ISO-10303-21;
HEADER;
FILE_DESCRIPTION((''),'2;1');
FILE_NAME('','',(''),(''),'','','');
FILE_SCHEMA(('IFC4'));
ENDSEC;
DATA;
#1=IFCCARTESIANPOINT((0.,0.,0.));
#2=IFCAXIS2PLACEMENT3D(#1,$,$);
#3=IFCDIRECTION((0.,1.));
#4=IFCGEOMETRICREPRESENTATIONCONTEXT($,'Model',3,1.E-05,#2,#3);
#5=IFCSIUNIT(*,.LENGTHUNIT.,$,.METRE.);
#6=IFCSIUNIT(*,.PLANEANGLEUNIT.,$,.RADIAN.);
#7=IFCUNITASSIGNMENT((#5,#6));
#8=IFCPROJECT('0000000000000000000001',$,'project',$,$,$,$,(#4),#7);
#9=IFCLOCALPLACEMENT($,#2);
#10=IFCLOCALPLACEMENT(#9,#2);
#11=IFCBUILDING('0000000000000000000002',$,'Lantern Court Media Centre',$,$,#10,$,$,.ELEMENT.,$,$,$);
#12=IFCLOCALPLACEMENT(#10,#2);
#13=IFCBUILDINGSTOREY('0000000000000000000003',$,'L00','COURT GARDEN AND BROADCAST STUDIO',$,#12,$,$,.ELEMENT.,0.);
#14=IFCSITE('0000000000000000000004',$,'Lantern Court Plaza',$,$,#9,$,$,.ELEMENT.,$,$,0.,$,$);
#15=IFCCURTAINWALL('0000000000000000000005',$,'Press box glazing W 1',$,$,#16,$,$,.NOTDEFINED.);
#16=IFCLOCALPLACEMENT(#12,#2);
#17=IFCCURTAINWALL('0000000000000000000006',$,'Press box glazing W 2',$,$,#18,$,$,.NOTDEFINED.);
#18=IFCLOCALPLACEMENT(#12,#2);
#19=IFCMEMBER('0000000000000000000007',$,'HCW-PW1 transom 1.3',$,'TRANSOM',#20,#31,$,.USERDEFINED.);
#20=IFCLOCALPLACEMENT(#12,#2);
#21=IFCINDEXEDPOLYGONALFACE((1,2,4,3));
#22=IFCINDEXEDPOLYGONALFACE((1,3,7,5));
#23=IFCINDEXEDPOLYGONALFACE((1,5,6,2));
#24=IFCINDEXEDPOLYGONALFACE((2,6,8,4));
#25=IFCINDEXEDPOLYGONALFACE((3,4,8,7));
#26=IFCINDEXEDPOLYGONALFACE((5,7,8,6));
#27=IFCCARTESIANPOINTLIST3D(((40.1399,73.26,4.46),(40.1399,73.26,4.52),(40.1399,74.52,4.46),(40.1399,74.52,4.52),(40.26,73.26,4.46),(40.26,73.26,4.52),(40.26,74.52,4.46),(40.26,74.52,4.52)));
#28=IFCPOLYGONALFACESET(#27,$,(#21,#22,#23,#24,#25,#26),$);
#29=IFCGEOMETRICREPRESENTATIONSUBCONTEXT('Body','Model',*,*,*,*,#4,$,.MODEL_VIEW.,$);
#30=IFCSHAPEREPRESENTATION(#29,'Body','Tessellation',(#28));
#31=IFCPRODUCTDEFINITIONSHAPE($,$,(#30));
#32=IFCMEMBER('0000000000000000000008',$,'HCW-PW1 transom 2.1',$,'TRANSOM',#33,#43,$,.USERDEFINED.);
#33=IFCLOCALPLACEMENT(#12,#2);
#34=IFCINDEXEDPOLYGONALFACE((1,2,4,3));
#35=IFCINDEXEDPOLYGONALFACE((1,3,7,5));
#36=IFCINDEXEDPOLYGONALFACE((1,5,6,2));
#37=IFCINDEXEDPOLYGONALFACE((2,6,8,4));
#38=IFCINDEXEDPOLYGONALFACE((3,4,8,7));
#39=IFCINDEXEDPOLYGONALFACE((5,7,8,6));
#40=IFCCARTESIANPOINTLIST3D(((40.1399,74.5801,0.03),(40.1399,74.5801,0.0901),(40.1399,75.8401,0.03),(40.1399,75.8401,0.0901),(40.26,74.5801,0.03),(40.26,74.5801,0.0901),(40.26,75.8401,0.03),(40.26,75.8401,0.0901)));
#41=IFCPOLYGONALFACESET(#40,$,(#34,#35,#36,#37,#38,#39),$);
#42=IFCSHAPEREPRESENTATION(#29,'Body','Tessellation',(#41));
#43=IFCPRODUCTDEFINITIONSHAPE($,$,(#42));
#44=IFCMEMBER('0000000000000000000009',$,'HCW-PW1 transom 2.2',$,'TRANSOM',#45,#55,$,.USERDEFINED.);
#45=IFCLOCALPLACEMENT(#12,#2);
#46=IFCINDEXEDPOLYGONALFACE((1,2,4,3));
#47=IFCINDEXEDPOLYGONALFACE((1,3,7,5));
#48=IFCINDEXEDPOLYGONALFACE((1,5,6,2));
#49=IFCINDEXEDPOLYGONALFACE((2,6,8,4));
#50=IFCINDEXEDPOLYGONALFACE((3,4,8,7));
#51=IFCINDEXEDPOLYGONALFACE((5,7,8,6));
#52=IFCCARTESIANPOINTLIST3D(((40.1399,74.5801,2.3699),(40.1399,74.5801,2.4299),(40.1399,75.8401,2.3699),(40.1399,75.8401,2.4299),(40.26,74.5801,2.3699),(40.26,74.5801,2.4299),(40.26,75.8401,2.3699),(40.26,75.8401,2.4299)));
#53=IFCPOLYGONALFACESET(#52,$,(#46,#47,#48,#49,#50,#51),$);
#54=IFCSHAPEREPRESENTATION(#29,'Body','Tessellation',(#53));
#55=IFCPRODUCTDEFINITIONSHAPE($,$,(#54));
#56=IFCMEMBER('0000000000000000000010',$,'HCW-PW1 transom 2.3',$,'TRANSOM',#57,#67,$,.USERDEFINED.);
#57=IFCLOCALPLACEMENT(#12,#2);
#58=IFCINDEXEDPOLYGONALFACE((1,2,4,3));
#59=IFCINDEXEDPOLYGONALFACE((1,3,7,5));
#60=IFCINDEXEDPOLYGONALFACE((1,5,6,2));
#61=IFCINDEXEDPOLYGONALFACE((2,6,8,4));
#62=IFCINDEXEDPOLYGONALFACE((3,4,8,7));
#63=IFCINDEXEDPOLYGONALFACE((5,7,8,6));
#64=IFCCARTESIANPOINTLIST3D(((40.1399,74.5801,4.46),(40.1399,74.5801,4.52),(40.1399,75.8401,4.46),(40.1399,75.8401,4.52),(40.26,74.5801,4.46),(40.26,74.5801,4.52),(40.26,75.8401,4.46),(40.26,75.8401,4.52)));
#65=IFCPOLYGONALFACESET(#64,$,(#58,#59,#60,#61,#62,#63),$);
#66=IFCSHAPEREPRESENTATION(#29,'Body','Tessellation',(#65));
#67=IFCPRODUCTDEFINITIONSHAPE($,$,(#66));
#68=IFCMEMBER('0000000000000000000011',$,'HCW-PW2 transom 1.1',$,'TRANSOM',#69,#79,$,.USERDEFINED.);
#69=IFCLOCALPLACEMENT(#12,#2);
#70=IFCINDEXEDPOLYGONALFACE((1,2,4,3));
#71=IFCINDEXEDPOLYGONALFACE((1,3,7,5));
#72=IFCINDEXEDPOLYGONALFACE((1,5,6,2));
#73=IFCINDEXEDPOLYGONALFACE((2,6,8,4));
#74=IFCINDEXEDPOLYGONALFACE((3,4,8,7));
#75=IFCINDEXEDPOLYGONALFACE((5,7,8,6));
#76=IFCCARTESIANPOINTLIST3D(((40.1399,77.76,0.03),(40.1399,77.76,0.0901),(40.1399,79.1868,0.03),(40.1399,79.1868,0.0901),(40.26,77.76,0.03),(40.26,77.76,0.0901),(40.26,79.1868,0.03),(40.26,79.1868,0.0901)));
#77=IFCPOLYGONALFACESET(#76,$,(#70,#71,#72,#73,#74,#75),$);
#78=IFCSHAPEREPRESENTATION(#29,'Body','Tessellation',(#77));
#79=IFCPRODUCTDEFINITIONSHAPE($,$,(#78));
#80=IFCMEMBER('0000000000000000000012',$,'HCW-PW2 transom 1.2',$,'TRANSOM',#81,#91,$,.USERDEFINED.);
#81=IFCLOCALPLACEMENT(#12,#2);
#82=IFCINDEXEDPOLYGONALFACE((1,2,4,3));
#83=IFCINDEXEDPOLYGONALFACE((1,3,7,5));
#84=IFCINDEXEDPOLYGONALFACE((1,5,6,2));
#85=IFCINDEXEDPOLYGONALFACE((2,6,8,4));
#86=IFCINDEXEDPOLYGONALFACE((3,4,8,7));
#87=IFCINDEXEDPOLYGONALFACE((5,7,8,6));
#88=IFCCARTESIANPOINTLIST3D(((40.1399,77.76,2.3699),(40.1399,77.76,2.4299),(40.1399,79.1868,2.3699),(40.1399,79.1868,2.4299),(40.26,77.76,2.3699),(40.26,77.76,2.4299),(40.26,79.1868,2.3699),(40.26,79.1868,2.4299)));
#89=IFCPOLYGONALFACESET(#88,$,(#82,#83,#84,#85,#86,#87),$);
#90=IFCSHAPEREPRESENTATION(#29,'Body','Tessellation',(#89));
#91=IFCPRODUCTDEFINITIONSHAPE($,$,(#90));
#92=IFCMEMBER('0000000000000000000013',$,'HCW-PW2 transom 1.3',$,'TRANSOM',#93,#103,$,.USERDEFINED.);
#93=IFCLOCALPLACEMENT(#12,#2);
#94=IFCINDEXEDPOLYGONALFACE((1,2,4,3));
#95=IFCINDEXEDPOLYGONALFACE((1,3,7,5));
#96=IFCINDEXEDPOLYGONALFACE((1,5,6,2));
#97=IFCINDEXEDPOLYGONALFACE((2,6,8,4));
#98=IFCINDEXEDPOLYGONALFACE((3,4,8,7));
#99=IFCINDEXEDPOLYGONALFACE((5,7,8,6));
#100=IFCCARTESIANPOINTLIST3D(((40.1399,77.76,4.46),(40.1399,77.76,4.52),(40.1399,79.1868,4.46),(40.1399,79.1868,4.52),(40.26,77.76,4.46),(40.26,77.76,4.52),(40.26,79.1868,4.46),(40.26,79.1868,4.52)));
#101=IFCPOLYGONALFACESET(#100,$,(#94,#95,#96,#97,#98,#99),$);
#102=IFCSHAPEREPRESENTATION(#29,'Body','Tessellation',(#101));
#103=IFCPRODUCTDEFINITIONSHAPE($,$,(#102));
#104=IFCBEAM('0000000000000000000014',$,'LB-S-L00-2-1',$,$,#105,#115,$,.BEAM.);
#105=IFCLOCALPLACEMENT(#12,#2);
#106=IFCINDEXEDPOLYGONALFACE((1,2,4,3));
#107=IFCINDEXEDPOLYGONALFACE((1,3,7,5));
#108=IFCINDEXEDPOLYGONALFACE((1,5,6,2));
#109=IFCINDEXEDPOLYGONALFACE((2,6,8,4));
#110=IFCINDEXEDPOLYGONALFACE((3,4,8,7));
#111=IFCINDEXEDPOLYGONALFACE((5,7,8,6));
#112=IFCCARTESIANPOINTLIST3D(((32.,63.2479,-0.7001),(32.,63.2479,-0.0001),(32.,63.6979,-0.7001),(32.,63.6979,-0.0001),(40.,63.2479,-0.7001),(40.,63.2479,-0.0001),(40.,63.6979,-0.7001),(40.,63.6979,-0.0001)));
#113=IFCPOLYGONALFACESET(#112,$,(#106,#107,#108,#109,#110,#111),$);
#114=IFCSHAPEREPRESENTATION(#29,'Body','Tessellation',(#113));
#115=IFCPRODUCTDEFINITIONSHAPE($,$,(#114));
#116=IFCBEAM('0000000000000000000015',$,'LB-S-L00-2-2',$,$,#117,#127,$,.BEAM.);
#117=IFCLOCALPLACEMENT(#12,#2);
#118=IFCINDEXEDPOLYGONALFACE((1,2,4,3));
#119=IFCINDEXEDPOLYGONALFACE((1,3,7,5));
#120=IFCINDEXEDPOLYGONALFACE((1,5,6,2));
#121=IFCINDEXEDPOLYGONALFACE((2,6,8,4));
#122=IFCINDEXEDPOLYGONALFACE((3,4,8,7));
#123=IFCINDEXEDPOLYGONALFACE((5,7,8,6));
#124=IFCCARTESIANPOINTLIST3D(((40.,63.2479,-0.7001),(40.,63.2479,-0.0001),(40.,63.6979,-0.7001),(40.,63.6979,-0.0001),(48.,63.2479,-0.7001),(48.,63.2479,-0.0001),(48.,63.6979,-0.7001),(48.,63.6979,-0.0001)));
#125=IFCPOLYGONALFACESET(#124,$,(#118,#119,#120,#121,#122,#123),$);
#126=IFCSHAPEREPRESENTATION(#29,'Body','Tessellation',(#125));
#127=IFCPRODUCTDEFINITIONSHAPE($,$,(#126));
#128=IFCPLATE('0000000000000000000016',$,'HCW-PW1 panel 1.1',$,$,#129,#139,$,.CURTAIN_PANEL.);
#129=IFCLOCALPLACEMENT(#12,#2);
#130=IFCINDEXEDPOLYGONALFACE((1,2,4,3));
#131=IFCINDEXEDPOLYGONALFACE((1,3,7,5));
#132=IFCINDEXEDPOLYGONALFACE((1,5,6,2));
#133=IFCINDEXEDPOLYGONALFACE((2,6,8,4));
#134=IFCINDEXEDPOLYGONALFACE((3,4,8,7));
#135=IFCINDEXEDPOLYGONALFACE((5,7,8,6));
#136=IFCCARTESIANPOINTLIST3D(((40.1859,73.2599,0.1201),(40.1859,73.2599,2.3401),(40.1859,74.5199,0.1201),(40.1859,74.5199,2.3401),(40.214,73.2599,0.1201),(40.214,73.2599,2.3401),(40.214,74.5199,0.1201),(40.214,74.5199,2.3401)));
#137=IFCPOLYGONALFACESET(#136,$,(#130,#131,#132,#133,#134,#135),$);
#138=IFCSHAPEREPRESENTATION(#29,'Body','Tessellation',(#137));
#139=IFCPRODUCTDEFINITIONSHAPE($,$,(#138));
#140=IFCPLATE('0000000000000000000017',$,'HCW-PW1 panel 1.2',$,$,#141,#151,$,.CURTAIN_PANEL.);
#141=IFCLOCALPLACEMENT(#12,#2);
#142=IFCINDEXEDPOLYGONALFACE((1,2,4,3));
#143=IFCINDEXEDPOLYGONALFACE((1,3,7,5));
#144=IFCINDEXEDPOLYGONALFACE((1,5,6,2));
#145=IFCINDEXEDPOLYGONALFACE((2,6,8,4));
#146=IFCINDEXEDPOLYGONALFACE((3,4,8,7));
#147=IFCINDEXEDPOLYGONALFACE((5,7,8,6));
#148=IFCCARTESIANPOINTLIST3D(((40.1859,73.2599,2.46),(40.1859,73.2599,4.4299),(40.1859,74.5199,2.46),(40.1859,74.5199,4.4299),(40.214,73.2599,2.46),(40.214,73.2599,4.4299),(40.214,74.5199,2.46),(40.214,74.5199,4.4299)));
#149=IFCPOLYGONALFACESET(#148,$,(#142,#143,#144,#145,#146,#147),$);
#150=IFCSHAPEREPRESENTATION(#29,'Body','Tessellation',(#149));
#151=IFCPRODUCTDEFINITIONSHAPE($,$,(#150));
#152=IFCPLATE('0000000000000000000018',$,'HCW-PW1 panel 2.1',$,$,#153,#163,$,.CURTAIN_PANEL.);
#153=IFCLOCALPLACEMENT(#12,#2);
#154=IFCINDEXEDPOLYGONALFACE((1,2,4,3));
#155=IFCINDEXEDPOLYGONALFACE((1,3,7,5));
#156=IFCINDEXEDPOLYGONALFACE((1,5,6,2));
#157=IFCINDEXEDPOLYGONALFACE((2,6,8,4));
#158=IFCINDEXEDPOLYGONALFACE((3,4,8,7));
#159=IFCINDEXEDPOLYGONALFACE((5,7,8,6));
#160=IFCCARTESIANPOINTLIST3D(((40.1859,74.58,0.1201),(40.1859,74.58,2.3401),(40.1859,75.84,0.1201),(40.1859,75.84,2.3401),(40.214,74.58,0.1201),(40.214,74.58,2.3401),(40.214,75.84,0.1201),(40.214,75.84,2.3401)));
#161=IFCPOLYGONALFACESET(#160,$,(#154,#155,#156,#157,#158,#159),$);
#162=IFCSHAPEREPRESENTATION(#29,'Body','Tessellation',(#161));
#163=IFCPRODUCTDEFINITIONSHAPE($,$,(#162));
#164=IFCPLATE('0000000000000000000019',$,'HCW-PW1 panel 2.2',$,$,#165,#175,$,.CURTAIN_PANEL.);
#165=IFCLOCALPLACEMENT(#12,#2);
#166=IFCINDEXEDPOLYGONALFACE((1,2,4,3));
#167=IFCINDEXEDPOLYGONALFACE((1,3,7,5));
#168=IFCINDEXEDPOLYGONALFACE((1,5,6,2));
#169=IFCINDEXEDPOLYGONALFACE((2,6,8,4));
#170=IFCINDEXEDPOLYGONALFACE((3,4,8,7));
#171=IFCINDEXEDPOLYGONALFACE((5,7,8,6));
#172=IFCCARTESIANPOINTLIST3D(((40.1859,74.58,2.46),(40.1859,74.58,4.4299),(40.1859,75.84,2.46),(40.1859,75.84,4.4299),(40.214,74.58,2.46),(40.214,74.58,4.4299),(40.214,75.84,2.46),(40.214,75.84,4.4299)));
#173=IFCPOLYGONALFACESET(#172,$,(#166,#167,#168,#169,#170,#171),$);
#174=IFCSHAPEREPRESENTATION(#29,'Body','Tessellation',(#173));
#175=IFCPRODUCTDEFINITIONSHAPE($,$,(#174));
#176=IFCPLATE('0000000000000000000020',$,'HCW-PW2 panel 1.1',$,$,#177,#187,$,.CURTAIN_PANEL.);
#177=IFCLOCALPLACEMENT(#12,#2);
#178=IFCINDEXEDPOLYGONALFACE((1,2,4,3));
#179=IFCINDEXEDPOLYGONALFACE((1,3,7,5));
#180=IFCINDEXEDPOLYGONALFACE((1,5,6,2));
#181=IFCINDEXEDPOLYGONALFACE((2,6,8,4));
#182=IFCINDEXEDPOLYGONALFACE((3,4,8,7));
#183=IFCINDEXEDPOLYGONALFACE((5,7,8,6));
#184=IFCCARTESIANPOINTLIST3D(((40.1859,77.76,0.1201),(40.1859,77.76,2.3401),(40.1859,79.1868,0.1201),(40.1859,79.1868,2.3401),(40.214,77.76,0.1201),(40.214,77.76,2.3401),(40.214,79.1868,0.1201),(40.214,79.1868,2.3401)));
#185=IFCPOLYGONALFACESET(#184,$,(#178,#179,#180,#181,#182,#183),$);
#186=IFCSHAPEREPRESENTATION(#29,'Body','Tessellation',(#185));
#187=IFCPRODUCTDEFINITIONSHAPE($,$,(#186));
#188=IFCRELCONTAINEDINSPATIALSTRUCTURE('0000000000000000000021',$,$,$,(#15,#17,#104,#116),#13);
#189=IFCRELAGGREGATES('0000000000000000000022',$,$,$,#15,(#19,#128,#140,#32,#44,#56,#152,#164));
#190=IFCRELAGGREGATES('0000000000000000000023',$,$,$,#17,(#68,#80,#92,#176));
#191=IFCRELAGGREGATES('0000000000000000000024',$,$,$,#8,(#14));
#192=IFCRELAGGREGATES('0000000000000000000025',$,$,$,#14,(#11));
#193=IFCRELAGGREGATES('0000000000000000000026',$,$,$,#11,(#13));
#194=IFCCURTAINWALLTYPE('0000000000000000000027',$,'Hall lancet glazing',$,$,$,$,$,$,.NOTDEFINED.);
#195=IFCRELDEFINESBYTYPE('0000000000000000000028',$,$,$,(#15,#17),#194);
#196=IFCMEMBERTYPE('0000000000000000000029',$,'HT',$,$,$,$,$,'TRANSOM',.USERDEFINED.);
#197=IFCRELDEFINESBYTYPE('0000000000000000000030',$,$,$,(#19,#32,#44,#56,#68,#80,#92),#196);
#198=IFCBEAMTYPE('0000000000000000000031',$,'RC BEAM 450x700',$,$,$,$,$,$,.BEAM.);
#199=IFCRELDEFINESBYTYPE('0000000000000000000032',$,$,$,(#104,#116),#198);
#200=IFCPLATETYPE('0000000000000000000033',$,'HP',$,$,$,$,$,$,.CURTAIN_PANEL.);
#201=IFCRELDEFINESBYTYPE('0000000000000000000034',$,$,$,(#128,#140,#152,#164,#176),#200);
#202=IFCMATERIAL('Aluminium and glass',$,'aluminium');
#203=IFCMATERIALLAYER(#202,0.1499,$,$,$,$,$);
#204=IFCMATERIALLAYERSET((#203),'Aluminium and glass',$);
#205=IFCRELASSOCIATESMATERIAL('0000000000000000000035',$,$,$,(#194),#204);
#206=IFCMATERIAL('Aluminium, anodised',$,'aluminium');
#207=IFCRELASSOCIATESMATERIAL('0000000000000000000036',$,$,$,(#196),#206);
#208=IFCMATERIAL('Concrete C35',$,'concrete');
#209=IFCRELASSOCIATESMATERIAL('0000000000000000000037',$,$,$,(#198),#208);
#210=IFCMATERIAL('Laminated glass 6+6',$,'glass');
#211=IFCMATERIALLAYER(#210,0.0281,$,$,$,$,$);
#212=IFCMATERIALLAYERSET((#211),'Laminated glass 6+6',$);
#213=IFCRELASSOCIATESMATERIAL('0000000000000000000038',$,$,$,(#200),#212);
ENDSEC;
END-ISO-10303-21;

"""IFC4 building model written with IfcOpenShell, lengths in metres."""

from ifc_helpers import new_model, si_unit, direction, frame, origin, origin_2d, place, context, subcontext, project, spatial, rectangle, extrude, material, layer, layer_set, material_profile, profile_set, type_object, element, aggregate, save


model = new_model("IFC4")

# Units and contexts
model_context = context("Model", 3, precision=1e-05, world=origin(), true_north=direction((0.0, 1.0)))
body_context = subcontext(model_context, "Body", "Model", "MODEL_VIEW")
ifc_project = project(units=[si_unit("LENGTHUNIT", "METRE"), si_unit("PLANEANGLEUNIT", "RADIAN")], contexts=[model_context])

# Site, building, storey
site_placement = place(None, origin())
site = spatial("IfcSite", under=ifc_project, at=site_placement, Name="Lantern Court Plaza", CompositionType="ELEMENT", RefElevation=0.0)
building_placement = place(site_placement, origin())
building = spatial("IfcBuilding", under=site, at=building_placement, Name="Lantern Court Media Centre", CompositionType="ELEMENT")
storey_placement = place(building_placement, origin())
storey = spatial("IfcBuildingStorey", under=building, at=storey_placement, Name="L00", Description="COURT GARDEN AND BROADCAST STUDIO", CompositionType="ELEMENT", Elevation=0.0)

# Shared definitions
ifc_material_1 = material(Name="Concrete C35", Category="concrete")

# Curtain wall
ifc_material_2 = material(Name="Aluminium and glass", Category="aluminium")
ifc_layer_1 = layer(ifc_material_2, 0.1499)
ifc_layer_set_1 = layer_set([ifc_layer_1], Name="Aluminium and glass")
curtain_wall_type = type_object("IfcCurtainWallType", Name="Hall lancet glazing", PredefinedType="NOTDEFINED", material=ifc_layer_set_1)
curtain_wall_1_placement = place(storey_placement, origin())
curtain_wall_1 = element("IfcCurtainWall", 1, at=curtain_wall_1_placement, inside=storey, type_object=curtain_wall_type, Name="Press box glazing W 1", PredefinedType="NOTDEFINED")
ifc_material_3 = material(Name="Aluminium, anodised", Category="aluminium")

# Curtain wall
curtain_wall_2_placement = place(storey_placement, origin())
curtain_wall_2 = element("IfcCurtainWall", 2, at=curtain_wall_2_placement, inside=storey, type_object=curtain_wall_type, Name="Press box glazing W 2", PredefinedType="NOTDEFINED")

# Members
ifc_material_profile_1 = material_profile(ifc_material_3, rectangle(XDim=0.1201, YDim=0.0601, at=origin_2d()), Name="HT")
ifc_profile_set_1 = profile_set([ifc_material_profile_1], Name="Aluminium, anodised")
member_type_1 = type_object("IfcMemberType", Name="HT", ElementType="TRANSOM", PredefinedType="USERDEFINED", material=ifc_profile_set_1)
member_1_placement = place(storey_placement, frame((40.2, 73.26, 4.49), z_axis=(0.0, 1.0, 0.0), x_axis=(-1.0, 0.0, 0.0)))
member_1 = element("IfcMember", 3, at=member_1_placement, type_object=member_type_1, Name="HCW-PW1 transom 1.3", ObjectType="TRANSOM", PredefinedType="USERDEFINED", context=body_context, shape_type="SweptSolid", body=[
    extrude(rectangle(XDim=0.1201, YDim=0.0601, at=origin_2d()), origin(), (0.0, 0.0, 1.0), 1.26),
])
member_2_placement = place(storey_placement, frame((40.2, 74.5801, 0.0601), z_axis=(0.0, 1.0, 0.0), x_axis=(-1.0, 0.0, 0.0)))
member_2 = element("IfcMember", 4, at=member_2_placement, type_object=member_type_1, Name="HCW-PW1 transom 2.1", ObjectType="TRANSOM", PredefinedType="USERDEFINED", context=body_context, shape_type="SweptSolid", body=[
    extrude(rectangle(XDim=0.1201, YDim=0.0601, at=origin_2d()), origin(), (0.0, 0.0, 1.0), 1.26),
])
member_3_placement = place(storey_placement, frame((40.2, 74.5801, 2.3999), z_axis=(0.0, 1.0, 0.0), x_axis=(-1.0, 0.0, 0.0)))
member_3 = element("IfcMember", 5, at=member_3_placement, type_object=member_type_1, Name="HCW-PW1 transom 2.2", ObjectType="TRANSOM", PredefinedType="USERDEFINED", context=body_context, shape_type="SweptSolid", body=[
    extrude(rectangle(XDim=0.1201, YDim=0.0601, at=origin_2d()), origin(), (0.0, 0.0, 1.0), 1.26),
])
member_4_placement = place(storey_placement, frame((40.2, 74.5801, 4.49), z_axis=(0.0, 1.0, 0.0), x_axis=(-1.0, 0.0, 0.0)))
member_4 = element("IfcMember", 6, at=member_4_placement, type_object=member_type_1, Name="HCW-PW1 transom 2.3", ObjectType="TRANSOM", PredefinedType="USERDEFINED", context=body_context, shape_type="SweptSolid", body=[
    extrude(rectangle(XDim=0.1201, YDim=0.0601, at=origin_2d()), origin(), (0.0, 0.0, 1.0), 1.26),
])
member_5_placement = place(storey_placement, frame((40.2, 77.76, 0.0601), z_axis=(0.0, 1.0, 0.0), x_axis=(-1.0, 0.0, 0.0)))
member_5 = element("IfcMember", 7, at=member_5_placement, type_object=member_type_1, Name="HCW-PW2 transom 1.1", ObjectType="TRANSOM", PredefinedType="USERDEFINED", context=body_context, shape_type="SweptSolid", body=[
    extrude(rectangle(XDim=0.1201, YDim=0.0601, at=origin_2d()), origin(), (0.0, 0.0, 1.0), 1.4268),
])
member_6_placement = place(storey_placement, frame((40.2, 77.76, 2.3999), z_axis=(0.0, 1.0, 0.0), x_axis=(-1.0, 0.0, 0.0)))
member_6 = element("IfcMember", 8, at=member_6_placement, type_object=member_type_1, Name="HCW-PW2 transom 1.2", ObjectType="TRANSOM", PredefinedType="USERDEFINED", context=body_context, shape_type="SweptSolid", body=[
    extrude(rectangle(XDim=0.1201, YDim=0.0601, at=origin_2d()), origin(), (0.0, 0.0, 1.0), 1.4268),
])
member_7_placement = place(storey_placement, frame((40.2, 77.76, 4.49), z_axis=(0.0, 1.0, 0.0), x_axis=(-1.0, 0.0, 0.0)))
member_7 = element("IfcMember", 9, at=member_7_placement, type_object=member_type_1, Name="HCW-PW2 transom 1.3", ObjectType="TRANSOM", PredefinedType="USERDEFINED", context=body_context, shape_type="SweptSolid", body=[
    extrude(rectangle(XDim=0.1201, YDim=0.0601, at=origin_2d()), origin(), (0.0, 0.0, 1.0), 1.4268),
])

# Beams
ifc_material_profile_2 = material_profile(ifc_material_1, rectangle(XDim=0.45, YDim=0.7, at=origin_2d()), Name="RC 450x700")
ifc_profile_set_2 = profile_set([ifc_material_profile_2], Name="Concrete C35")
beam_type = type_object("IfcBeamType", Name="RC BEAM 450x700", PredefinedType="BEAM", material=ifc_profile_set_2)
for number, where, z_axis, x_axis, name in (
    (10, (32.0, 63.4729, -0.3501), (1.0, 0.0, 0.0), (0.0, 1.0, 0.0), "LB-S-L00-2-1"),
    (11, (40.0, 63.4729, -0.3501), (1.0, 0.0, 0.0), (0.0, 1.0, 0.0), "LB-S-L00-2-2"),
):
    element("IfcBeam", number, at=place(storey_placement, frame(where, z_axis=z_axis, x_axis=x_axis)), inside=storey, type_object=beam_type, Name=name, PredefinedType="BEAM", context=body_context, shape_type="SweptSolid", body=[
        extrude(rectangle(XDim=0.45, YDim=0.7, at=origin_2d()), origin(), (0.0, 0.0, 1.0), 8.0),
    ])

# Plates
ifc_material_4 = material(Name="Laminated glass 6+6", Category="glass")
ifc_layer_2 = layer(ifc_material_4, 0.0281)
ifc_layer_set_2 = layer_set([ifc_layer_2], Name="Laminated glass 6+6")
plate_type = type_object("IfcPlateType", Name="HP", PredefinedType="CURTAIN_PANEL", material=ifc_layer_set_2)
plate_1_placement = place(storey_placement, frame((40.2, 73.8899, 0.1201), z_axis=(0.0, 0.0, 1.0), x_axis=(0.0, 1.0, 0.0)))
plate_1 = element("IfcPlate", 12, at=plate_1_placement, type_object=plate_type, Name="HCW-PW1 panel 1.1", PredefinedType="CURTAIN_PANEL", context=body_context, shape_type="SweptSolid", body=[
    extrude(rectangle(XDim=1.26, YDim=0.0281, at=origin_2d()), origin(), (0.0, 0.0, 1.0), 2.22),
])
plate_2_placement = place(storey_placement, frame((40.2, 73.8899, 2.46), z_axis=(0.0, 0.0, 1.0), x_axis=(0.0, 1.0, 0.0)))
plate_2 = element("IfcPlate", 13, at=plate_2_placement, type_object=plate_type, Name="HCW-PW1 panel 1.2", PredefinedType="CURTAIN_PANEL", context=body_context, shape_type="SweptSolid", body=[
    extrude(rectangle(XDim=1.26, YDim=0.0281, at=origin_2d()), origin(), (0.0, 0.0, 1.0), 1.97),
])
plate_3_placement = place(storey_placement, frame((40.2, 75.21, 0.1201), z_axis=(0.0, 0.0, 1.0), x_axis=(0.0, 1.0, 0.0)))
plate_3 = element("IfcPlate", 14, at=plate_3_placement, type_object=plate_type, Name="HCW-PW1 panel 2.1", PredefinedType="CURTAIN_PANEL", context=body_context, shape_type="SweptSolid", body=[
    extrude(rectangle(XDim=1.26, YDim=0.0281, at=origin_2d()), origin(), (0.0, 0.0, 1.0), 2.22),
])
plate_4_placement = place(storey_placement, frame((40.2, 75.21, 2.46), z_axis=(0.0, 0.0, 1.0), x_axis=(0.0, 1.0, 0.0)))
plate_4 = element("IfcPlate", 15, at=plate_4_placement, type_object=plate_type, Name="HCW-PW1 panel 2.2", PredefinedType="CURTAIN_PANEL", context=body_context, shape_type="SweptSolid", body=[
    extrude(rectangle(XDim=1.26, YDim=0.0281, at=origin_2d()), origin(), (0.0, 0.0, 1.0), 1.97),
])
aggregate(curtain_wall_1, [member_1, plate_1, plate_2, member_2, member_3, member_4, plate_3, plate_4])
plate_5_placement = place(storey_placement, frame((40.2, 78.4734, 0.1201), z_axis=(0.0, 0.0, 1.0), x_axis=(0.0, 1.0, 0.0)))
plate_5 = element("IfcPlate", 16, at=plate_5_placement, type_object=plate_type, Name="HCW-PW2 panel 1.1", PredefinedType="CURTAIN_PANEL", context=body_context, shape_type="SweptSolid", body=[
    extrude(rectangle(XDim=1.4268, YDim=0.0281, at=origin_2d()), origin(), (0.0, 0.0, 1.0), 2.22),
])
aggregate(curtain_wall_2, [member_5, member_6, member_7, plate_5])

save(model, "model.ifc")
